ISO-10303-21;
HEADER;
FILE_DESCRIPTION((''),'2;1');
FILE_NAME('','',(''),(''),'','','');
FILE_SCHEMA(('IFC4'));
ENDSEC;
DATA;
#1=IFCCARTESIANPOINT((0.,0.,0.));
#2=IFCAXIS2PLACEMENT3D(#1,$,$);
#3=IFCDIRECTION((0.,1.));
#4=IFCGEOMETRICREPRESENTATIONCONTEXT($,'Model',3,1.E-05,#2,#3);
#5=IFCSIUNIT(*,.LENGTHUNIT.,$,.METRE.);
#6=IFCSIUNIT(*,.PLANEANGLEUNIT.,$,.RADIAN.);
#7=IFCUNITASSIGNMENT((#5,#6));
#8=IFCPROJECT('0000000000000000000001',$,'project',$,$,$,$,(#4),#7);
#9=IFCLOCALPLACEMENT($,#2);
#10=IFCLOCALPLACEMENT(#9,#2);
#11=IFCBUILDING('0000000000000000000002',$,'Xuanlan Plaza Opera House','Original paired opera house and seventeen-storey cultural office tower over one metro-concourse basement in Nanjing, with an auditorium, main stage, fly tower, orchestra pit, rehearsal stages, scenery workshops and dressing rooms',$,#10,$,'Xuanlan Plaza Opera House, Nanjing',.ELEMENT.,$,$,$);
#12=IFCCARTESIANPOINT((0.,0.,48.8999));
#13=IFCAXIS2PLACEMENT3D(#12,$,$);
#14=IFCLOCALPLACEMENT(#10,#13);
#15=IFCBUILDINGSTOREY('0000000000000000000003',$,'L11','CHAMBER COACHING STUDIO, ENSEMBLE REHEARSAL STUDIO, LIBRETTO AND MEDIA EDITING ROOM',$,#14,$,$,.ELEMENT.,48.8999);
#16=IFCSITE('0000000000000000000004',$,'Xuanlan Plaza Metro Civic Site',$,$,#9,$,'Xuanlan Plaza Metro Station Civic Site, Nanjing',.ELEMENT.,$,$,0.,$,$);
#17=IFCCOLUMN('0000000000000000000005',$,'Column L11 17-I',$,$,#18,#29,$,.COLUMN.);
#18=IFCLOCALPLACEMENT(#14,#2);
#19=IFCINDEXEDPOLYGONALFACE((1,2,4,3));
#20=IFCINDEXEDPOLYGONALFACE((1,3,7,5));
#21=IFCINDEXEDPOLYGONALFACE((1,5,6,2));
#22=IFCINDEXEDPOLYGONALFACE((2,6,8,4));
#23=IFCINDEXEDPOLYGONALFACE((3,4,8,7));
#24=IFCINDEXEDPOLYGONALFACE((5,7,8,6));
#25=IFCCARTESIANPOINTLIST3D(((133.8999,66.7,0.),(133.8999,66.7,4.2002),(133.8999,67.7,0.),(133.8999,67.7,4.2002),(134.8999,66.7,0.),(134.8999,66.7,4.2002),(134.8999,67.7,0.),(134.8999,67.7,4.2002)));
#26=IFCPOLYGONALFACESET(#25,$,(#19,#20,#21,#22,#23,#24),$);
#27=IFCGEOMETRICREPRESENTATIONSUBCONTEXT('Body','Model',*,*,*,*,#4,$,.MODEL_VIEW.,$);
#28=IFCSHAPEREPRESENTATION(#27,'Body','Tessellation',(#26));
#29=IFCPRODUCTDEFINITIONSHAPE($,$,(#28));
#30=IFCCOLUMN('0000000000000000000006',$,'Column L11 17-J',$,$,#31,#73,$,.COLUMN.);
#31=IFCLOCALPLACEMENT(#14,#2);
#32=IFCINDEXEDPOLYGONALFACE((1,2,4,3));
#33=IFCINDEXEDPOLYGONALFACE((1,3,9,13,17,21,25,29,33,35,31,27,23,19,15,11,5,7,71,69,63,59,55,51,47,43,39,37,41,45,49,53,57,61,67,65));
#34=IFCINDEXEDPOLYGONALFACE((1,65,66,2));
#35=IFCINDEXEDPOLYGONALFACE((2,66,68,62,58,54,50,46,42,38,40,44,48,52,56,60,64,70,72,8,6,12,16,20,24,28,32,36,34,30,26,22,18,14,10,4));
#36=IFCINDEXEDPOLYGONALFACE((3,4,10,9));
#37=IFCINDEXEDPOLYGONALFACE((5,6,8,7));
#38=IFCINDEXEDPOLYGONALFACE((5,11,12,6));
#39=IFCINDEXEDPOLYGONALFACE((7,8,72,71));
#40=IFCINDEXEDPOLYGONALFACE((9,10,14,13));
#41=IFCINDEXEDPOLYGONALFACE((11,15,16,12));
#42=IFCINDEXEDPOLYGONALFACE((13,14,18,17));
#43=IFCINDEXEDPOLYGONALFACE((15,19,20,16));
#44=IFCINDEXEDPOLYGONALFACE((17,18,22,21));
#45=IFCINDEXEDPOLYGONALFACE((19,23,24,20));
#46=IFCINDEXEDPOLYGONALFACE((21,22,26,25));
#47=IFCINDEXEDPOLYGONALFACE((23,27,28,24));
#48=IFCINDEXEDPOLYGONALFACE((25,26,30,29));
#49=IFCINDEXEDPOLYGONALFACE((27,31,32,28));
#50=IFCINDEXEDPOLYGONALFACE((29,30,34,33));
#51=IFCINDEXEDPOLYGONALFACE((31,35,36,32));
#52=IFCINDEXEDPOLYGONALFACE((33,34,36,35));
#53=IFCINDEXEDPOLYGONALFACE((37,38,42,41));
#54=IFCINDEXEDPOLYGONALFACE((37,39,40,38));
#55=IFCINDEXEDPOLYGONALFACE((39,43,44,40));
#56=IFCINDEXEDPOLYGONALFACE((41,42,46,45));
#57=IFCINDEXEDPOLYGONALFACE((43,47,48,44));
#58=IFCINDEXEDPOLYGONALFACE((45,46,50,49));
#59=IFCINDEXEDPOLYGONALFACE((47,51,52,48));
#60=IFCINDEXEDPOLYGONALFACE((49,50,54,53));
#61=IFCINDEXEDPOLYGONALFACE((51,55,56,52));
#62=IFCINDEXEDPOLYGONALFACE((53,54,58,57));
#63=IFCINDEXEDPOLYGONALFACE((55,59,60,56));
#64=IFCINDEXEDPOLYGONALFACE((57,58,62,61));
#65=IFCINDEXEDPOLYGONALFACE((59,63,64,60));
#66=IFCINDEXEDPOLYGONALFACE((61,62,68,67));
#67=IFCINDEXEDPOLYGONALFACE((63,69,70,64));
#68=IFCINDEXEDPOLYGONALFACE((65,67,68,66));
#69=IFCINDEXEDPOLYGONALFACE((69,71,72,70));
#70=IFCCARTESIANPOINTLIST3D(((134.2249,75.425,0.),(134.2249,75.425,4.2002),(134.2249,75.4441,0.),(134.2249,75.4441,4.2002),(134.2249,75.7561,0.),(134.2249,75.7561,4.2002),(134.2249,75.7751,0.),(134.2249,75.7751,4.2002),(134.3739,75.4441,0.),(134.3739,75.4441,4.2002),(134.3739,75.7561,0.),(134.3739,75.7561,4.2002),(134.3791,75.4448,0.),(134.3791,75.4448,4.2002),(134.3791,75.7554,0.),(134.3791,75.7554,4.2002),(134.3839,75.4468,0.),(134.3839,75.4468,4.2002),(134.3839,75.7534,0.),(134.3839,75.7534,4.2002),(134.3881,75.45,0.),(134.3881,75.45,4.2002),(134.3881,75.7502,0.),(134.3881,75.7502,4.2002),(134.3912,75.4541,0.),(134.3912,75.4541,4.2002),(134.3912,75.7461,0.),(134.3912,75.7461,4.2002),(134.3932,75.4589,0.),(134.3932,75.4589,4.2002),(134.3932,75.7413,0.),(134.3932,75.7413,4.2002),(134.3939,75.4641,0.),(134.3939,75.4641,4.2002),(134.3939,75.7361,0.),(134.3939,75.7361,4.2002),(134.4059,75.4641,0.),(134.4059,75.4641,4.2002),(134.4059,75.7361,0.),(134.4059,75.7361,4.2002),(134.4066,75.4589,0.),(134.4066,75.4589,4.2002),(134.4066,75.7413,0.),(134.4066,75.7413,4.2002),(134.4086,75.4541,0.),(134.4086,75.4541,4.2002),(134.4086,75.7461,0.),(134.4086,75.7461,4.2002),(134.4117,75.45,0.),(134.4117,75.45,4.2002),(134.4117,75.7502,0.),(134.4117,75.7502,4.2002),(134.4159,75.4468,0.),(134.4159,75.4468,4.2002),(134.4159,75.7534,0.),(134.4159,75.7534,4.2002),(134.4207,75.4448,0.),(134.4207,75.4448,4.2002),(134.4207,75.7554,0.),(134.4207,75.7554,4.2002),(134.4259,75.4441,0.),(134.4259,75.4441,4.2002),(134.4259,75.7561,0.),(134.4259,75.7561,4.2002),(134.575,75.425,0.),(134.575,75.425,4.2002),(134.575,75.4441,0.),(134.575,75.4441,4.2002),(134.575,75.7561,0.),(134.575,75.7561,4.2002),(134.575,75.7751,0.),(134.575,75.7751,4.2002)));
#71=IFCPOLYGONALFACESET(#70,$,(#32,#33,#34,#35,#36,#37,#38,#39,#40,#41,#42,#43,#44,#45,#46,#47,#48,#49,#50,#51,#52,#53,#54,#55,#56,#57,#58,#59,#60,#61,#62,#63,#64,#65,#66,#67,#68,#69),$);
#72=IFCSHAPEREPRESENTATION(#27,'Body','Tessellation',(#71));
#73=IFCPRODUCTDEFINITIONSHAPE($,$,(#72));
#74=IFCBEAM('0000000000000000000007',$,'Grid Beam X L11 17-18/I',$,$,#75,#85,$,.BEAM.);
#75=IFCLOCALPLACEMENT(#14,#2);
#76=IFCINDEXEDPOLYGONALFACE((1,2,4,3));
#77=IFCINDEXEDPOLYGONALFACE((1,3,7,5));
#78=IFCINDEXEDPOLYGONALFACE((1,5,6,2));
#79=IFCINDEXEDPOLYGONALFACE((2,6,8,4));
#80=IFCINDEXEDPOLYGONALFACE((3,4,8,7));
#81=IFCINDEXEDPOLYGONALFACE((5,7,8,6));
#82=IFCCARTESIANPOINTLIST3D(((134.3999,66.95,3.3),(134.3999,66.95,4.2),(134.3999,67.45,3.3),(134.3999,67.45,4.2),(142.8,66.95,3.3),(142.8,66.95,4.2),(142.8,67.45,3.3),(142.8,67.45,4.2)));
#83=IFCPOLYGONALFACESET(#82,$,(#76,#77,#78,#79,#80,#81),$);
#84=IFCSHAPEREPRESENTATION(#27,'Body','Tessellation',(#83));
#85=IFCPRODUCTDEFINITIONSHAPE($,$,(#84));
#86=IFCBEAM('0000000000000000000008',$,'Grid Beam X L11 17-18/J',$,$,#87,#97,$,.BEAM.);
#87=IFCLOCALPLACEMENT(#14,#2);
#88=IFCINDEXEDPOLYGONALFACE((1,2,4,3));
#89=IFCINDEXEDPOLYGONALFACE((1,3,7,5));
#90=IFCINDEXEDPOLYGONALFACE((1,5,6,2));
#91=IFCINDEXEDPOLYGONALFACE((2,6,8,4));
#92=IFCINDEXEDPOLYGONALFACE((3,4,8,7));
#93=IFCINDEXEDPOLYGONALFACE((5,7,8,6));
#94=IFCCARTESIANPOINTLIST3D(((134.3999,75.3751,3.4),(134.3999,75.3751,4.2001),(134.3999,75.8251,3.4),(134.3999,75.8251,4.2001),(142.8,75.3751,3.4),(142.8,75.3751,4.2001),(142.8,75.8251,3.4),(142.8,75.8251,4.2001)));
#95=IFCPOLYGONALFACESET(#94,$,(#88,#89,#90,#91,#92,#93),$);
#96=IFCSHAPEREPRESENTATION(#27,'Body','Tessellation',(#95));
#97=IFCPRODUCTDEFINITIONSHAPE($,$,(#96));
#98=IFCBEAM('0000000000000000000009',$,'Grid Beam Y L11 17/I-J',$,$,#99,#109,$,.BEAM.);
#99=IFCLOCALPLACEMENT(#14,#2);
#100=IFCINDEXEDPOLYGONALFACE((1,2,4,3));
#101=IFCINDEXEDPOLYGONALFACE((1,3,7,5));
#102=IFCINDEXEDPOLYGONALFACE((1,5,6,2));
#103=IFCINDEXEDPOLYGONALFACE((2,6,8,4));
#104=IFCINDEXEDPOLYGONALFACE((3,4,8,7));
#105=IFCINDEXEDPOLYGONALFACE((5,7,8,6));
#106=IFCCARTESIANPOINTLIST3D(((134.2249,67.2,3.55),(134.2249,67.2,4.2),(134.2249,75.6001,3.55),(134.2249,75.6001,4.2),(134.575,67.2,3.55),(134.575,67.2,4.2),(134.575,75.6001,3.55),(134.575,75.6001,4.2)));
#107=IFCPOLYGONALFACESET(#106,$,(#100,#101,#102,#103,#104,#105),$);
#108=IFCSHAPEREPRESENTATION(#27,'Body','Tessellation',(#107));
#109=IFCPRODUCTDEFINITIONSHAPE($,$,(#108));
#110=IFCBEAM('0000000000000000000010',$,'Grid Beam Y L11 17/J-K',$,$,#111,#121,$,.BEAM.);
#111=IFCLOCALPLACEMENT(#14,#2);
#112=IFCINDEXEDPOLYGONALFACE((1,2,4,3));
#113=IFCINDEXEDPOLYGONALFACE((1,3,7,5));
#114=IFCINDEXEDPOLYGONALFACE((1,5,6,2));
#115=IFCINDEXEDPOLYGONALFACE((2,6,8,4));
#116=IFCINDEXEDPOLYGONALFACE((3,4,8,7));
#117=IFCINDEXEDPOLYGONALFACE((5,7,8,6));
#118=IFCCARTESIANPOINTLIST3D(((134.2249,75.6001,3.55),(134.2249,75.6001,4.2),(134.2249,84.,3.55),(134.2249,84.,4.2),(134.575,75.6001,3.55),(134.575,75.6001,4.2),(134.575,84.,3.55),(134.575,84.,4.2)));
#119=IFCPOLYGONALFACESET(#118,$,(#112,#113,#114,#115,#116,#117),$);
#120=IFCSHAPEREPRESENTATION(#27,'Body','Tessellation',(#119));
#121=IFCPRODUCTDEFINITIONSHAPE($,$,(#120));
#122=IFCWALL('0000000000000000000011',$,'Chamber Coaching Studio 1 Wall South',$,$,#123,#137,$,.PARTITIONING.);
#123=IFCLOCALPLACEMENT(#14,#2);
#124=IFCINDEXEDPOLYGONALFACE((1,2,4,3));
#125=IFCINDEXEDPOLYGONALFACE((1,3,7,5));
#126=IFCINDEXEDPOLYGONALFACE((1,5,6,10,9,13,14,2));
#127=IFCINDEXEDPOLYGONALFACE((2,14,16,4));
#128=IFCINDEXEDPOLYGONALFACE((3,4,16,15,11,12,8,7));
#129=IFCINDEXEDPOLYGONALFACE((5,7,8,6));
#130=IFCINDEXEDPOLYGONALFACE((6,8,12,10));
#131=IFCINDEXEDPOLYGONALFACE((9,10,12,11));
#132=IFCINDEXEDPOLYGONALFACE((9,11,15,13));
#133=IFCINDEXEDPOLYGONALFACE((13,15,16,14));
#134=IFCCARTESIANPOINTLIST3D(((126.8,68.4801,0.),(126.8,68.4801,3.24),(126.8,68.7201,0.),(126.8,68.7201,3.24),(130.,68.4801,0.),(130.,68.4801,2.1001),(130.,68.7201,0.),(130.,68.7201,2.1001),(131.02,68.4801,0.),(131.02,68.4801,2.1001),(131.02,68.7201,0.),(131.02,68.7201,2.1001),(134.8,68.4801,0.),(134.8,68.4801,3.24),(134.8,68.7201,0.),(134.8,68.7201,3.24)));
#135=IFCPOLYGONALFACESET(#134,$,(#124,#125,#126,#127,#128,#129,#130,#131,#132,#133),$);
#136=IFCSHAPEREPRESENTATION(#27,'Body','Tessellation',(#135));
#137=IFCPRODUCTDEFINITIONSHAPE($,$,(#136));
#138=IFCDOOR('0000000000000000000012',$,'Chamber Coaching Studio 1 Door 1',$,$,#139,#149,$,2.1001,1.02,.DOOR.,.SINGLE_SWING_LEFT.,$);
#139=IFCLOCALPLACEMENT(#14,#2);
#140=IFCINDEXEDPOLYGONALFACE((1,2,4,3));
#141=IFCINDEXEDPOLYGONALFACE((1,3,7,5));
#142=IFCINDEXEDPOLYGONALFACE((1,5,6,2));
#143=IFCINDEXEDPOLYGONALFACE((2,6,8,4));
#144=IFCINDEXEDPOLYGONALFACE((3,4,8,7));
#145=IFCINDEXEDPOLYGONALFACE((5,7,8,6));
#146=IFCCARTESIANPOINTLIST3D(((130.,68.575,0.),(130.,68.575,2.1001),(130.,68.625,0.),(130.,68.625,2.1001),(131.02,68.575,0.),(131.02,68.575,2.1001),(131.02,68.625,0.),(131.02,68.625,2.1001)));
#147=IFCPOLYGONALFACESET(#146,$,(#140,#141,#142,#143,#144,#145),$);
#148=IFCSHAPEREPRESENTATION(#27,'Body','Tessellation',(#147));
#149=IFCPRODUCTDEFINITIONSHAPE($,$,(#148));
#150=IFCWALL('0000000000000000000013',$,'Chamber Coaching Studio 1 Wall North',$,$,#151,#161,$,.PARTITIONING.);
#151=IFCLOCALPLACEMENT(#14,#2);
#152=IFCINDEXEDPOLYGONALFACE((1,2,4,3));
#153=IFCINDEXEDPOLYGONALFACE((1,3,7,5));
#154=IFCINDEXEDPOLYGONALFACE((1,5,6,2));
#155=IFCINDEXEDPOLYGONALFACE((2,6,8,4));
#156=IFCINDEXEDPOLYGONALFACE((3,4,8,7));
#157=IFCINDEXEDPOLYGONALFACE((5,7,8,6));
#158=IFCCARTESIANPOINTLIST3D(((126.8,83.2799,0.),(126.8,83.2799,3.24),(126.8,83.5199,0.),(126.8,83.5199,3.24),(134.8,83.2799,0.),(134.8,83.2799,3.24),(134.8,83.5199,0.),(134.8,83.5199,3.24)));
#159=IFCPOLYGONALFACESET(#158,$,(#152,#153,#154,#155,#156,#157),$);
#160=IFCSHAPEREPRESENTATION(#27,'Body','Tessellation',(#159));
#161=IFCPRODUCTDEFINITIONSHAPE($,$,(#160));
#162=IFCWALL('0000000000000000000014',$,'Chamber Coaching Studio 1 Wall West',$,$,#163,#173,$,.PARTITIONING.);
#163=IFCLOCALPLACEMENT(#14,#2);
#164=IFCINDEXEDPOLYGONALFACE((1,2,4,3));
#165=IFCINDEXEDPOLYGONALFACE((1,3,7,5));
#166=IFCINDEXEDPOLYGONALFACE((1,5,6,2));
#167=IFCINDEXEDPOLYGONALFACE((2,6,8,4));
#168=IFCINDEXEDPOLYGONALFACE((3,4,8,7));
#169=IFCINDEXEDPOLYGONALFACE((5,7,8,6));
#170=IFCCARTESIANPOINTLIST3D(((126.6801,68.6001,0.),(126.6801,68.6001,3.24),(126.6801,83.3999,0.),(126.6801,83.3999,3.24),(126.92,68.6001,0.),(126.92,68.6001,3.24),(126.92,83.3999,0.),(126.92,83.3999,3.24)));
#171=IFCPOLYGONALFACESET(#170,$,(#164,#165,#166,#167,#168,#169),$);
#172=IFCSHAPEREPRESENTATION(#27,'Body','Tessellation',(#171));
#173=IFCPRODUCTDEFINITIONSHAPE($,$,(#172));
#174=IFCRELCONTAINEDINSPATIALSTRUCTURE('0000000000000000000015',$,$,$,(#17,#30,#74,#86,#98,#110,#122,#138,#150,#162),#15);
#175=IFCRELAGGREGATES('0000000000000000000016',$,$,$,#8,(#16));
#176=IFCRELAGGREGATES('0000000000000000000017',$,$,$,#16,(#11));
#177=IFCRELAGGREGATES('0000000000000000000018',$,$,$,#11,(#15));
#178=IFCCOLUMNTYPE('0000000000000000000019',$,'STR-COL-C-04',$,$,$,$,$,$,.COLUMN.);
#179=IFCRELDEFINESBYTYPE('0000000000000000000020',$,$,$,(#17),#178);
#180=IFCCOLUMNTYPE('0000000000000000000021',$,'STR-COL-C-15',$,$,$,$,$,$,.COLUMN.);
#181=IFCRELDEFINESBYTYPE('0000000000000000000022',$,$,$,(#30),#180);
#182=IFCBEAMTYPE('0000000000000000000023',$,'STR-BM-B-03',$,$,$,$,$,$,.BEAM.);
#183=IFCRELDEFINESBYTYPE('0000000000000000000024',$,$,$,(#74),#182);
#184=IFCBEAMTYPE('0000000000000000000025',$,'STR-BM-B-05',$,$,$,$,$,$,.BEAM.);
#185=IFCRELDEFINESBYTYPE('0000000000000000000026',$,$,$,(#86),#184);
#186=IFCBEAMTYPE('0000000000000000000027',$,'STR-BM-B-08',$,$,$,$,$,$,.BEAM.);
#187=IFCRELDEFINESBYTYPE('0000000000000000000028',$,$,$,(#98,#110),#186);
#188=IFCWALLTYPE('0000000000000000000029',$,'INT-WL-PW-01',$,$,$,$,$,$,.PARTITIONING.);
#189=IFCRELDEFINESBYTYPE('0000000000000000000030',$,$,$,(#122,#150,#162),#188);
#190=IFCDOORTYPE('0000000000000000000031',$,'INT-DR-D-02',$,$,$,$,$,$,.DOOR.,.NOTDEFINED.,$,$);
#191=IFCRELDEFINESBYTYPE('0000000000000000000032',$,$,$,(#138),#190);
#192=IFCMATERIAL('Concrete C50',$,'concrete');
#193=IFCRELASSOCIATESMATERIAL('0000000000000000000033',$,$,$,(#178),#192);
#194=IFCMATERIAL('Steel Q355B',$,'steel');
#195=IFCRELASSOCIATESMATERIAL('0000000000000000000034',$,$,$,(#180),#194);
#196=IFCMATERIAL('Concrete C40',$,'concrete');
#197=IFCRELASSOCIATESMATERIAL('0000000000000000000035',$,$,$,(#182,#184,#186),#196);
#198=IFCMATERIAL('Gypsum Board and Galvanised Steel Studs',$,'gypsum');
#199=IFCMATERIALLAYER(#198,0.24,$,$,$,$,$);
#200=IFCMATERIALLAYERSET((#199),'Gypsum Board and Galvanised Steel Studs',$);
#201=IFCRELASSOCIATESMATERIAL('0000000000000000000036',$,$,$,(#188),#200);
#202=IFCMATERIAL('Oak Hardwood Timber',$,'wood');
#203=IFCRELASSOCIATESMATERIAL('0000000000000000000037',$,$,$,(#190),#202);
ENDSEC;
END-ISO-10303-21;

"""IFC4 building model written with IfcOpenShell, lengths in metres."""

from ifc_helpers import new_model, si_unit, direction, frame, frame_2d, origin, origin_2d, place, context, subcontext, project, spatial, rectangle, i_section, extrude, material, layer, layer_set, material_profile, profile_set, type_object, element, fill, save


model = new_model("IFC4")

# Units and contexts
model_context = context("Model", 3, precision=1e-05, world=origin(), true_north=direction((0.0, 1.0)))
body_context = subcontext(model_context, "Body", "Model", "MODEL_VIEW")
ifc_project = project(units=[si_unit("LENGTHUNIT", "METRE"), si_unit("PLANEANGLEUNIT", "RADIAN")], contexts=[model_context])

# Site, building, storey
site_placement = place(None, origin())
site = spatial("IfcSite", under=ifc_project, at=site_placement, Name="Xuanlan Plaza Metro Civic Site", LongName="Xuanlan Plaza Metro Station Civic Site, Nanjing", CompositionType="ELEMENT", RefElevation=0.0)
building_placement = place(site_placement, origin())
building = spatial("IfcBuilding", under=site, at=building_placement, Name="Xuanlan Plaza Opera House", Description="Original paired opera house and seventeen-storey cultural office tower over one metro-concourse basement in Nanjing, with an auditorium, main stage, fly tower, orchestra pit, rehearsal stages, scenery workshops and dressing rooms", LongName="Xuanlan Plaza Opera House, Nanjing", CompositionType="ELEMENT")
storey_placement = place(building_placement, frame((0.0, 0.0, 48.8999)))
storey = spatial("IfcBuildingStorey", under=building, at=storey_placement, Name="L11", Description="CHAMBER COACHING STUDIO, ENSEMBLE REHEARSAL STUDIO, LIBRETTO AND MEDIA EDITING ROOM", CompositionType="ELEMENT", Elevation=48.8999)

# Columns
ifc_material_1 = material(Name="Concrete C50", Category="concrete")
ifc_material_profile_1 = material_profile(ifc_material_1, rectangle(XDim=1.0, YDim=1.0, at=origin_2d()), Name="RC-COL 1000x1000")
ifc_profile_set_1 = profile_set([ifc_material_profile_1], Name="Concrete C50")
column_type_1 = type_object("IfcColumnType", Name="STR-COL-C-04", PredefinedType="COLUMN", material=ifc_profile_set_1)
column_1_placement = place(storey_placement, frame((134.3999, 67.2, 0.0), z_axis=(0.0, 0.0, 1.0), x_axis=(1.0, 0.0, 0.0)))
element("IfcColumn", 1, at=column_1_placement, inside=storey, type_object=column_type_1, Name="Column L11 17-I", PredefinedType="COLUMN", context=body_context, shape_type="SweptSolid", body=[
    extrude(rectangle(XDim=1.0, YDim=1.0, at=origin_2d()), origin(), (0.0, 0.0, 1.0), 4.2002),
])
ifc_material_2 = material(Name="Steel Q355B", Category="steel")
ifc_material_profile_2 = material_profile(ifc_material_2, i_section(OverallWidth=0.3501, OverallDepth=0.3501, WebThickness=0.012, FlangeThickness=0.019, FilletRadius=0.02, at=origin_2d()), Name="HW 350x350x12x19")
ifc_profile_set_2 = profile_set([ifc_material_profile_2], Name="Steel Q355B")
column_type_2 = type_object("IfcColumnType", Name="STR-COL-C-15", PredefinedType="COLUMN", material=ifc_profile_set_2)
column_2_placement = place(storey_placement, frame((134.3999, 75.6001, 0.0), z_axis=(0.0, 0.0, 1.0), x_axis=(1.0, 0.0, 0.0)))
element("IfcColumn", 2, at=column_2_placement, inside=storey, type_object=column_type_2, Name="Column L11 17-J", PredefinedType="COLUMN", context=body_context, shape_type="SweptSolid", body=[
    extrude(i_section(OverallWidth=0.3501, OverallDepth=0.3501, WebThickness=0.012, FlangeThickness=0.019, FilletRadius=0.02, at=origin_2d()), origin(), (0.0, 0.0, 1.0), 4.2002),
])

# Beams
ifc_material_3 = material(Name="Concrete C40", Category="concrete")
ifc_material_profile_3 = material_profile(ifc_material_3, rectangle(XDim=0.5, YDim=0.8999, at=origin_2d()), Name="RC-BM 500x900")
ifc_profile_set_3 = profile_set([ifc_material_profile_3], Name="Concrete C40")
beam_type_1 = type_object("IfcBeamType", Name="STR-BM-B-03", PredefinedType="BEAM", material=ifc_profile_set_3)
beam_1_placement = place(storey_placement, frame((134.3999, 67.2, 3.75), z_axis=(1.0, 0.0, 0.0), x_axis=(0.0, 1.0, 0.0)))
element("IfcBeam", 3, at=beam_1_placement, inside=storey, type_object=beam_type_1, Name="Grid Beam X L11 17-18/I", PredefinedType="BEAM", context=body_context, shape_type="SweptSolid", body=[
    extrude(rectangle(XDim=0.5, YDim=0.8999, at=origin_2d()), origin(), (0.0, 0.0, 1.0), 8.4001),
])
ifc_material_profile_4 = material_profile(ifc_material_3, rectangle(XDim=0.45, YDim=0.8, at=origin_2d()), Name="RC-BM 450x800")
ifc_profile_set_4 = profile_set([ifc_material_profile_4], Name="Concrete C40")
beam_type_2 = type_object("IfcBeamType", Name="STR-BM-B-05", PredefinedType="BEAM", material=ifc_profile_set_4)
beam_2_placement = place(storey_placement, frame((134.3999, 75.6001, 3.8), z_axis=(1.0, 0.0, 0.0), x_axis=(0.0, 1.0, 0.0)))
element("IfcBeam", 4, at=beam_2_placement, inside=storey, type_object=beam_type_2, Name="Grid Beam X L11 17-18/J", PredefinedType="BEAM", context=body_context, shape_type="SweptSolid", body=[
    extrude(rectangle(XDim=0.45, YDim=0.8, at=origin_2d()), origin(), (0.0, 0.0, 1.0), 8.4001),
])
ifc_material_profile_5 = material_profile(ifc_material_3, rectangle(XDim=0.3501, YDim=0.6499, at=origin_2d()), Name="RC-BM 350x650")
ifc_profile_set_5 = profile_set([ifc_material_profile_5], Name="Concrete C40")
beam_type_3 = type_object("IfcBeamType", Name="STR-BM-B-08", PredefinedType="BEAM", material=ifc_profile_set_5)
beam_3_placement = place(storey_placement, frame((134.3999, 67.2, 3.875), z_axis=(0.0, 1.0, 0.0), x_axis=(-1.0, 0.0, 0.0)))
element("IfcBeam", 5, at=beam_3_placement, inside=storey, type_object=beam_type_3, Name="Grid Beam Y L11 17/I-J", PredefinedType="BEAM", context=body_context, shape_type="SweptSolid", body=[
    extrude(rectangle(XDim=0.3501, YDim=0.6499, at=origin_2d()), origin(), (0.0, 0.0, 1.0), 8.4001),
])
beam_4_placement = place(storey_placement, frame((134.3999, 75.6001, 3.875), z_axis=(0.0, 1.0, 0.0), x_axis=(-1.0, 0.0, 0.0)))
element("IfcBeam", 6, at=beam_4_placement, inside=storey, type_object=beam_type_3, Name="Grid Beam Y L11 17/J-K", PredefinedType="BEAM", context=body_context, shape_type="SweptSolid", body=[
    extrude(rectangle(XDim=0.3501, YDim=0.6499, at=origin_2d()), origin(), (0.0, 0.0, 1.0), 8.3999),
])

# Wall, opening, door
ifc_material_4 = material(Name="Gypsum Board and Galvanised Steel Studs", Category="gypsum")
ifc_layer_1 = layer(ifc_material_4, 0.24)
ifc_layer_set_1 = layer_set([ifc_layer_1], Name="Gypsum Board and Galvanised Steel Studs")
wall_type_1 = type_object("IfcWallType", Name="INT-WL-PW-01", PredefinedType="PARTITIONING", material=ifc_layer_set_1)
wall_1_placement = place(storey_placement, frame((126.8, 68.6001, 0.0), z_axis=(0.0, 0.0, 1.0), x_axis=(1.0, 0.0, 0.0)))
wall_1 = element("IfcWall", 7, at=wall_1_placement, inside=storey, type_object=wall_type_1, Name="Chamber Coaching Studio 1 Wall South", PredefinedType="PARTITIONING", context=body_context, shape_type="SweptSolid", body=[
    extrude(rectangle(XDim=8.0, YDim=0.24, at=frame_2d((4.0, 0.0))), origin(), (0.0, 0.0, 1.0), 3.24),
])
opening_1_placement = place(wall_1_placement, frame((3.2, 0.0, 0.0)))
opening_1 = element("IfcOpeningElement", 8, at=opening_1_placement, cuts=wall_1, PredefinedType="OPENING", context=body_context, shape_type="SweptSolid", body=[
    extrude(rectangle(XDim=1.02, YDim=2.1001, at=frame_2d((0.51, 1.05))), frame((0.0, 0.1299, 0.0), z_axis=(0.0, -1.0, 0.0), x_axis=(1.0, 0.0, 0.0)), (0.0, 0.0, 1.0), 0.26),
])
ifc_material_5 = material(Name="Oak Hardwood Timber", Category="wood")
door_type_1 = type_object("IfcDoorType", Name="INT-DR-D-02", OperationType="NOTDEFINED", PredefinedType="DOOR", material=ifc_material_5)
door_1_placement = place(opening_1_placement, origin())
door_1 = element("IfcDoor", 9, at=door_1_placement, inside=storey, type_object=door_type_1, Name="Chamber Coaching Studio 1 Door 1", OperationType="SINGLE_SWING_LEFT", OverallHeight=2.1001, OverallWidth=1.02, PredefinedType="DOOR", context=body_context, shape_type="SweptSolid", body=[
    extrude(rectangle(XDim=1.02, YDim=2.1001, at=frame_2d((0.51, 1.05))), frame((0.0, 0.0249, 0.0), z_axis=(0.0, -1.0, 0.0), x_axis=(1.0, 0.0, 0.0)), (0.0, 0.0, 1.0), 0.05),
])
fill(opening_1, door_1)

# Walls
wall_2_placement = place(storey_placement, frame((126.8, 83.3999, 0.0), z_axis=(0.0, 0.0, 1.0), x_axis=(1.0, 0.0, 0.0)))
element("IfcWall", 10, at=wall_2_placement, inside=storey, type_object=wall_type_1, Name="Chamber Coaching Studio 1 Wall North", PredefinedType="PARTITIONING", context=body_context, shape_type="SweptSolid", body=[
    extrude(rectangle(XDim=8.0, YDim=0.24, at=frame_2d((4.0, 0.0))), origin(), (0.0, 0.0, 1.0), 3.24),
])
for number, where, z_axis, x_axis, name in (
    (11, (126.8, 68.6001, 0.0), (0.0, 0.0, 1.0), (0.0, 1.0, 0.0), "Chamber Coaching Studio 1 Wall West"),
):
    element("IfcWall", number, at=place(storey_placement, frame(where, z_axis=z_axis, x_axis=x_axis)), inside=storey, type_object=wall_type_1, Name=name, PredefinedType="PARTITIONING", context=body_context, shape_type="SweptSolid", body=[
        extrude(rectangle(XDim=14.7998, YDim=0.24, at=frame_2d((7.3999, 0.0))), origin(), (0.0, 0.0, 1.0), 3.24),
    ])

save(model, "model.ifc")
